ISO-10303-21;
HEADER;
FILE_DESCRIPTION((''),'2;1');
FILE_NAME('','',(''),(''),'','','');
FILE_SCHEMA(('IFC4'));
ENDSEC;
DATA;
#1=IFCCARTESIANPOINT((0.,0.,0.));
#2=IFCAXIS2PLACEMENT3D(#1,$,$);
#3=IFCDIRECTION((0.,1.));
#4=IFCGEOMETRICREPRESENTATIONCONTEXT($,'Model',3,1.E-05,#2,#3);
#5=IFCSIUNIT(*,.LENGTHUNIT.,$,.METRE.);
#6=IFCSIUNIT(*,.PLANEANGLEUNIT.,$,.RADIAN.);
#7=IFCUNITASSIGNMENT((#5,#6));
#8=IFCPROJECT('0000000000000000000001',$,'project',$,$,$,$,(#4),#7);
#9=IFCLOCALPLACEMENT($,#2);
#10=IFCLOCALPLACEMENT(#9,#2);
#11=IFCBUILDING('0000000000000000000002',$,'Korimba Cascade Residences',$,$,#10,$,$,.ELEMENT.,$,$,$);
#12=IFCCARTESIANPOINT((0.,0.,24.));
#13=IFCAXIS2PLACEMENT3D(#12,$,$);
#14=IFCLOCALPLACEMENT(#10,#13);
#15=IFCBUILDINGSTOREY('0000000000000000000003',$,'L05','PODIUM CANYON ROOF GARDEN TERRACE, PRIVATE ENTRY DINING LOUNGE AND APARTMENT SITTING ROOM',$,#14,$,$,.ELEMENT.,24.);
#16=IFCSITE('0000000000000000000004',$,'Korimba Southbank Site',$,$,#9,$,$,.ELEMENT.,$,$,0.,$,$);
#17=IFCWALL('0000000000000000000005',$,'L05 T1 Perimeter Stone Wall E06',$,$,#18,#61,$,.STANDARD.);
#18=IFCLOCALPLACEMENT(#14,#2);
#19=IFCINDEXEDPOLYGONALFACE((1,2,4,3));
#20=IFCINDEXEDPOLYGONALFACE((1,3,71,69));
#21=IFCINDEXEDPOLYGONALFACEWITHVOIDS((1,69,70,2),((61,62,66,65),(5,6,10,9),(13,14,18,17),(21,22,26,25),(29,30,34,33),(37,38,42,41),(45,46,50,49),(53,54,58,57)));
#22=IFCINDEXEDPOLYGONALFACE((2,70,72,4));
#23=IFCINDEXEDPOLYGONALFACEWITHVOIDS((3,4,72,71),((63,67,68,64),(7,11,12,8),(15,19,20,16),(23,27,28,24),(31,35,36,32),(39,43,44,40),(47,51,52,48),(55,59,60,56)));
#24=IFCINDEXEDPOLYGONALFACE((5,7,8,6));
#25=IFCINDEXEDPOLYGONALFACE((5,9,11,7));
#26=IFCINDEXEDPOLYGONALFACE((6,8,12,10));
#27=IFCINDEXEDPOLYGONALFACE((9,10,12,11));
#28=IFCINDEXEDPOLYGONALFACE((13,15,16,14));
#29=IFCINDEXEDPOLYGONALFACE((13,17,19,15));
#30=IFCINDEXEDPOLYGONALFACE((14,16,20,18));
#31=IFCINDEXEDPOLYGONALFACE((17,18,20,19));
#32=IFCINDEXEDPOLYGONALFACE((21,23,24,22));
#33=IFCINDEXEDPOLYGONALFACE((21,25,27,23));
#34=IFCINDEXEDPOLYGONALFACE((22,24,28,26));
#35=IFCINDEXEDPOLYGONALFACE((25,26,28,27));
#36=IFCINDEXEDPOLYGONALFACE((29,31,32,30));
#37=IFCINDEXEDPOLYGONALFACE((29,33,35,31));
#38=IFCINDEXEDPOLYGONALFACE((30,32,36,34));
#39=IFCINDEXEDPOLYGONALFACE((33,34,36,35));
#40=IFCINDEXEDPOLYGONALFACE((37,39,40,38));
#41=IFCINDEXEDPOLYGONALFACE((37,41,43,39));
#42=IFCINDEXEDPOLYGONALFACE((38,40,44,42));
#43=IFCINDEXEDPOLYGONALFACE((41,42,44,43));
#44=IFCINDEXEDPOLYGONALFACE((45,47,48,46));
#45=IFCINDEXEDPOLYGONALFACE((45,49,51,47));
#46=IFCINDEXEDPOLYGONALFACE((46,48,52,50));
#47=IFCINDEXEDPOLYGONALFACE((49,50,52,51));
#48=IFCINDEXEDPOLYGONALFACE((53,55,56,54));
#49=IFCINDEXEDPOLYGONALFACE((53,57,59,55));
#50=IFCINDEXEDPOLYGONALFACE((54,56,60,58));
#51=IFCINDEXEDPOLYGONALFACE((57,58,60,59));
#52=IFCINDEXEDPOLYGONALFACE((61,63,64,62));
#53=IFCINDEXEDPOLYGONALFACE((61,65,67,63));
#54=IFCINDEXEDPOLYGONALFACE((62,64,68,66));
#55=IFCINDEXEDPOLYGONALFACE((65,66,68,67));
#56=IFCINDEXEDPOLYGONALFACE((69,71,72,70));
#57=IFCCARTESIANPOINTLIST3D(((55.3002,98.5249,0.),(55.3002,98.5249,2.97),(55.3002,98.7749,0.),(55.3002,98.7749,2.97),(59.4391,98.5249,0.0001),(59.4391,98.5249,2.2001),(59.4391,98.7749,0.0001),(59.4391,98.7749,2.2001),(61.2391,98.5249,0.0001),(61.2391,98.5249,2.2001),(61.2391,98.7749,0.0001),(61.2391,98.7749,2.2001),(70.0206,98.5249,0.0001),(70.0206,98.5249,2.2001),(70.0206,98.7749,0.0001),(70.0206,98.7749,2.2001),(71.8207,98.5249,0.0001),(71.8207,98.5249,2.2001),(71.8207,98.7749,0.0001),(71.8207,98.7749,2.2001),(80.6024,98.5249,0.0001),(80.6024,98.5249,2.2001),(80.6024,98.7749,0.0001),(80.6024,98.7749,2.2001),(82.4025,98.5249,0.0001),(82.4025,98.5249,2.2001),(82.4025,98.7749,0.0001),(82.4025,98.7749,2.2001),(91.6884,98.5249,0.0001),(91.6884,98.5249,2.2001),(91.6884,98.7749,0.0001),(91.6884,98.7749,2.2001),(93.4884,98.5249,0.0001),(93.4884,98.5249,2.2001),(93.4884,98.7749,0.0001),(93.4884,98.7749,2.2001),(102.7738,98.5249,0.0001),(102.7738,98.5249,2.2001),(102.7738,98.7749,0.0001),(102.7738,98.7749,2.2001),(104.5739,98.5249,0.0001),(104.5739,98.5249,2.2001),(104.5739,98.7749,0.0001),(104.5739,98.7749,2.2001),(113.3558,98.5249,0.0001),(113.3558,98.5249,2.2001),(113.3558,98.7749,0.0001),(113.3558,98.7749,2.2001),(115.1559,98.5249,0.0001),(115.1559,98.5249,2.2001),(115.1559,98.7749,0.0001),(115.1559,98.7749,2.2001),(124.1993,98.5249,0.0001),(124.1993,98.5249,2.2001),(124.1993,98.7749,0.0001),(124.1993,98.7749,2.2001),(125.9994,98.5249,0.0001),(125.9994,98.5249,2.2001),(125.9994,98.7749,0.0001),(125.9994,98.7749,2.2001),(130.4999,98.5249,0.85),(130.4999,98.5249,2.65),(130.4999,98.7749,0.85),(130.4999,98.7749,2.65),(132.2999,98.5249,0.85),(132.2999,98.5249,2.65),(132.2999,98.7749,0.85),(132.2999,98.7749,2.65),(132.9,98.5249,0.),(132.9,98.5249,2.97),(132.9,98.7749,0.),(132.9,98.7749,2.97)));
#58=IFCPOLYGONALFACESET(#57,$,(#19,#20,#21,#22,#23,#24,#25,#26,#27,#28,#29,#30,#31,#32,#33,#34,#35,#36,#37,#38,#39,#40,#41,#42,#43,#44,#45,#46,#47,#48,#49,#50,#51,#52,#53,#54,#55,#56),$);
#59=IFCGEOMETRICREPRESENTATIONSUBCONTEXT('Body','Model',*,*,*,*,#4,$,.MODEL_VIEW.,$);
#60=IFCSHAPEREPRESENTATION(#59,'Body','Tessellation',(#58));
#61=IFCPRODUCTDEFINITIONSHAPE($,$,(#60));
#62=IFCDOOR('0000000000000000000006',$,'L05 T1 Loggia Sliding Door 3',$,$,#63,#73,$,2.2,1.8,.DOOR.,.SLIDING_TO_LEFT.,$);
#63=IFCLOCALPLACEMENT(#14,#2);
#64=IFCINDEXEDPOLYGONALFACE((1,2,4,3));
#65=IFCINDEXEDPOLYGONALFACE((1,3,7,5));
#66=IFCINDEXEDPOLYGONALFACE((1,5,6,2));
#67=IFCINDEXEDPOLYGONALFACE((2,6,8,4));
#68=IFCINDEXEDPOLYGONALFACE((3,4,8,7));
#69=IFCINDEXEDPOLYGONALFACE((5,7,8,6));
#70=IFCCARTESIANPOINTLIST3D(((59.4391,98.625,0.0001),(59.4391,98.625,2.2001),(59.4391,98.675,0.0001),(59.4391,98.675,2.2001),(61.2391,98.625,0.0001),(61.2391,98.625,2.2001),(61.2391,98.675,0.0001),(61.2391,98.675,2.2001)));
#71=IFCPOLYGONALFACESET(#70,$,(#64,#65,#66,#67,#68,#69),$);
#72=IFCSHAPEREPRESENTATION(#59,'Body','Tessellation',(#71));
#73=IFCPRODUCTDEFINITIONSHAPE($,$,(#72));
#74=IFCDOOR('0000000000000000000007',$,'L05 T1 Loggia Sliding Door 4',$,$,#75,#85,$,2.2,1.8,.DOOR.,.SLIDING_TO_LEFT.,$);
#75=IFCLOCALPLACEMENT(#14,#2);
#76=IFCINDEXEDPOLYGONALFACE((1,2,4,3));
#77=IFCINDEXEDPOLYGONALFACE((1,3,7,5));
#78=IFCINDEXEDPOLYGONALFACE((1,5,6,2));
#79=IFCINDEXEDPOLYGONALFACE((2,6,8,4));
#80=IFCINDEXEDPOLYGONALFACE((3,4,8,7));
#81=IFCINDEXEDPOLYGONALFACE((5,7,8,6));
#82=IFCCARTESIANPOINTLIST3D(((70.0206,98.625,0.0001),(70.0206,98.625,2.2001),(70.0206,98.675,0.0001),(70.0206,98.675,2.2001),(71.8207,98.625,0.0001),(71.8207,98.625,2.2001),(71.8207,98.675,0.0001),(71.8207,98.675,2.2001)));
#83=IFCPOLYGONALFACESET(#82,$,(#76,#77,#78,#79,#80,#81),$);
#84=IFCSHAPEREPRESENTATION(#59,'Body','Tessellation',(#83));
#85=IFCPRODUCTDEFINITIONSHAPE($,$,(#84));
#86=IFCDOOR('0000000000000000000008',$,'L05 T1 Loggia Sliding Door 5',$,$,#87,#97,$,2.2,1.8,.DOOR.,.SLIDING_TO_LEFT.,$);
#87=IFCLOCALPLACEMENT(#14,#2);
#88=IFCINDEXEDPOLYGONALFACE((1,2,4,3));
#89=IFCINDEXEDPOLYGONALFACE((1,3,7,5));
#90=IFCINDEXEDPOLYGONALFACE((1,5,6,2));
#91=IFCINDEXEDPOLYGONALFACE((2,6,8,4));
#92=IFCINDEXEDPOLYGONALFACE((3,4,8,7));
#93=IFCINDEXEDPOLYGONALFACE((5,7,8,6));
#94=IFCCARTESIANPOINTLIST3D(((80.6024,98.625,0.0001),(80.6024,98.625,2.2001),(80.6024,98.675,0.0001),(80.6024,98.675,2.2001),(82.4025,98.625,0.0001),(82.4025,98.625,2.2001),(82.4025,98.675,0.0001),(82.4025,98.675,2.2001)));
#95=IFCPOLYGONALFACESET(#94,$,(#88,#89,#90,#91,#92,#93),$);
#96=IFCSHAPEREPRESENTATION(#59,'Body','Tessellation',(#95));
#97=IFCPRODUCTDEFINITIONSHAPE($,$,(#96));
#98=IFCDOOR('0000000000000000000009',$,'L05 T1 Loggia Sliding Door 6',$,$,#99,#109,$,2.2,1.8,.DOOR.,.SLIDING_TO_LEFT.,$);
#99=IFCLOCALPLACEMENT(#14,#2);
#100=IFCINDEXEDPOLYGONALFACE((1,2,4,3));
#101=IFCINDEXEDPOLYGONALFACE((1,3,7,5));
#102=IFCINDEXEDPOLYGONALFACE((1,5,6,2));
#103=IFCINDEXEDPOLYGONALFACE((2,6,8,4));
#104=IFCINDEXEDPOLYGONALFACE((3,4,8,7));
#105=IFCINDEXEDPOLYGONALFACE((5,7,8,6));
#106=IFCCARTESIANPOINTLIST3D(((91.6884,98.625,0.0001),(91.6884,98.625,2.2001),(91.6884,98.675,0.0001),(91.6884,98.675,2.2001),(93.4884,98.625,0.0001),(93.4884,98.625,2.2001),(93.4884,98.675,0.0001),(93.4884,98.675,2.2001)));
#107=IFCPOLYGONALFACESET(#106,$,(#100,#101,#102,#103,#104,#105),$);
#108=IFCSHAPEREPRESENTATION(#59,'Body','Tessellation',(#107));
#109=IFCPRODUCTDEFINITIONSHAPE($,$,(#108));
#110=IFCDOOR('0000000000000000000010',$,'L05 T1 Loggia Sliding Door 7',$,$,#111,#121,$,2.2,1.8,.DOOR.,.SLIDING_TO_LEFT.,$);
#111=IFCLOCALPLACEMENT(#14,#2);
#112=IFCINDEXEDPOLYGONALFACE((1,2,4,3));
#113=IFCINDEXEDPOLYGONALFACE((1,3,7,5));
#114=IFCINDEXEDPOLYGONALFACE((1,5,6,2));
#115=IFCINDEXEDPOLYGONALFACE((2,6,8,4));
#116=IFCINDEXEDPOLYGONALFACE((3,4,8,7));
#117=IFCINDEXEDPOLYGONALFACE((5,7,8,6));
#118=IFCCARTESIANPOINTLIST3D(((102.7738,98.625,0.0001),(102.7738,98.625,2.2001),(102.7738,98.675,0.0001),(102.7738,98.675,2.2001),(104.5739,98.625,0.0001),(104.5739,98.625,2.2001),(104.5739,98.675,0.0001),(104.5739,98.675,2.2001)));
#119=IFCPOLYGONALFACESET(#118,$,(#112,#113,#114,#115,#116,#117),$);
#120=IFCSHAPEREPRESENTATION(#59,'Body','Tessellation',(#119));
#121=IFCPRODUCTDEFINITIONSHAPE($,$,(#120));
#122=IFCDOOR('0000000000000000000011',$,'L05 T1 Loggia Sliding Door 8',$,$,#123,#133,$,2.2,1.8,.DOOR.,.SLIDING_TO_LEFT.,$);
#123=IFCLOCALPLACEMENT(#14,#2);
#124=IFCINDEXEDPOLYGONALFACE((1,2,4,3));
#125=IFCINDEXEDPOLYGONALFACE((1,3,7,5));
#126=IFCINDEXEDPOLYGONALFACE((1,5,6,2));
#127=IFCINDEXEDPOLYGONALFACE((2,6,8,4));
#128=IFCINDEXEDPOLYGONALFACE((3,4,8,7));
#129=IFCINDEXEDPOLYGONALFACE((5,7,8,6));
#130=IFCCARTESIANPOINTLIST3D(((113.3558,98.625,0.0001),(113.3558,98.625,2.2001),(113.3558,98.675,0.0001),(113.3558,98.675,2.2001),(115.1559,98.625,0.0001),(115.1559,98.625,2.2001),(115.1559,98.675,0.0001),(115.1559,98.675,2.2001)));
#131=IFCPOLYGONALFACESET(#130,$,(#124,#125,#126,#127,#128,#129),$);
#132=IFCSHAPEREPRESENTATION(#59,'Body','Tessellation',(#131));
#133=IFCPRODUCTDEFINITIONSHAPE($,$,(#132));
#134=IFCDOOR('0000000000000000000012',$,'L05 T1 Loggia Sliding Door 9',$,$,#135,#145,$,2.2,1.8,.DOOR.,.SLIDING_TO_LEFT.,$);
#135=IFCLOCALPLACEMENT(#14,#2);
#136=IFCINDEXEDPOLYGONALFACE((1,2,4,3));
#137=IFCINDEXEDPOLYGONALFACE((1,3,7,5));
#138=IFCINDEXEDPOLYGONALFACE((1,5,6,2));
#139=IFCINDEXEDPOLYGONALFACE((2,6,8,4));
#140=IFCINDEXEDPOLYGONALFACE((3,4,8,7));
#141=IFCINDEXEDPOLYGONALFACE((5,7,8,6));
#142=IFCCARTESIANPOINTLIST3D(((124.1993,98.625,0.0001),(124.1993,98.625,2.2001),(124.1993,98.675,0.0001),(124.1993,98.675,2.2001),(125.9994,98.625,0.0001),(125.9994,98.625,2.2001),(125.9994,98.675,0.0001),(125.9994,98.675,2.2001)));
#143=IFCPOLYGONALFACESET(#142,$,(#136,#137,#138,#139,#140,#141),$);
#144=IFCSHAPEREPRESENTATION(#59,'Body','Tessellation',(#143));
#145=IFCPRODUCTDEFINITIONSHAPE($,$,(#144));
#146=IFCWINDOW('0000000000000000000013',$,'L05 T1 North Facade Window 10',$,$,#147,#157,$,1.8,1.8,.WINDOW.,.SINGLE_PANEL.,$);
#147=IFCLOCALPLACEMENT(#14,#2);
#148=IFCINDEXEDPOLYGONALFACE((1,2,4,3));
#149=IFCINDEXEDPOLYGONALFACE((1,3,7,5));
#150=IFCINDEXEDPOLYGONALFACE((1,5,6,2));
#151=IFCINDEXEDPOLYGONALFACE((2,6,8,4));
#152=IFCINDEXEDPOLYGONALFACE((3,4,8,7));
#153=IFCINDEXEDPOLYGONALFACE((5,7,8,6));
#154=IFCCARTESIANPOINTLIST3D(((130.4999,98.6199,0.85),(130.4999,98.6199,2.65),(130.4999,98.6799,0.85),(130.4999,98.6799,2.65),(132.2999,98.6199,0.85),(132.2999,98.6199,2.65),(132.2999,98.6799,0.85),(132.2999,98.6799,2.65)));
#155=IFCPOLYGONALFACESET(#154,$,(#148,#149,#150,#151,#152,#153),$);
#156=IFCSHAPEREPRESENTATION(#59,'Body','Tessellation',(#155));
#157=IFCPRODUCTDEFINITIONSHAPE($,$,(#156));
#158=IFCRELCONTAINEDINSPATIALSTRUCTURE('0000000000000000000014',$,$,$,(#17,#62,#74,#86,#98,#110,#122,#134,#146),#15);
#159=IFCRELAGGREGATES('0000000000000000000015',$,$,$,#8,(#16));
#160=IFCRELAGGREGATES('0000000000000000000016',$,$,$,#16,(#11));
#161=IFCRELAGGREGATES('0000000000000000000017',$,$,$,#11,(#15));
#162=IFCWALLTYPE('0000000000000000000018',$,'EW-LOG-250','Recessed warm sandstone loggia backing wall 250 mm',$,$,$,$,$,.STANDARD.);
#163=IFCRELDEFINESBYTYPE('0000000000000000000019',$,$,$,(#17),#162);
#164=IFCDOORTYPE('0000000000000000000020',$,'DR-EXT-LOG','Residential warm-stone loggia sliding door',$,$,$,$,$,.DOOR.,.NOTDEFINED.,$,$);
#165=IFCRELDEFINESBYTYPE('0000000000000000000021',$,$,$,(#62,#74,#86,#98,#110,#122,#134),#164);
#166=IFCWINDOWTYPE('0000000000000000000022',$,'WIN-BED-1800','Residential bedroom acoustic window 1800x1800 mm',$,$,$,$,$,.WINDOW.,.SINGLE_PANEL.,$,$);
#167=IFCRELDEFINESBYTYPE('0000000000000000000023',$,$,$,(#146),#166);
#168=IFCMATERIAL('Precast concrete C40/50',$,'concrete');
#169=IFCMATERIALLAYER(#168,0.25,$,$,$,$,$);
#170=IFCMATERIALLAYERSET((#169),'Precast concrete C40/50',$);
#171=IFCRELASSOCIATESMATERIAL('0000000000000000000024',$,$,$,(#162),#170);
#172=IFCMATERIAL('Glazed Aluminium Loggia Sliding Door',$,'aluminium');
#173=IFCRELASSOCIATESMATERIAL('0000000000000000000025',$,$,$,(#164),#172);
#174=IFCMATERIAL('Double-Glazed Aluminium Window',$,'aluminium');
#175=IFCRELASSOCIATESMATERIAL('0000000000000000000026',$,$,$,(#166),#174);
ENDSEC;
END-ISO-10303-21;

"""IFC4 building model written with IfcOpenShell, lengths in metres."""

from ifc_helpers import new_model, si_unit, direction, frame, frame_2d, origin, place, context, subcontext, project, spatial, rectangle, extrude, material, layer, layer_set, type_object, element, fill, save


model = new_model("IFC4")

# Units and contexts
model_context = context("Model", 3, precision=1e-05, world=origin(), true_north=direction((0.0, 1.0)))
body_context = subcontext(model_context, "Body", "Model", "MODEL_VIEW")
ifc_project = project(units=[si_unit("LENGTHUNIT", "METRE"), si_unit("PLANEANGLEUNIT", "RADIAN")], contexts=[model_context])

# Site, building, storey
site_placement = place(None, origin())
site = spatial("IfcSite", under=ifc_project, at=site_placement, Name="Korimba Southbank Site", CompositionType="ELEMENT", RefElevation=0.0)
building_placement = place(site_placement, origin())
building = spatial("IfcBuilding", under=site, at=building_placement, Name="Korimba Cascade Residences", CompositionType="ELEMENT")
storey_placement = place(building_placement, frame((0.0, 0.0, 24.0)))
storey = spatial("IfcBuildingStorey", under=building, at=storey_placement, Name="L05", Description="PODIUM CANYON ROOF GARDEN TERRACE, PRIVATE ENTRY DINING LOUNGE AND APARTMENT SITTING ROOM", CompositionType="ELEMENT", Elevation=24.0)

# Wall, openings, doors, window
ifc_material_1 = material(Name="Precast concrete C40/50", Category="concrete")
ifc_layer_1 = layer(ifc_material_1, 0.25)
ifc_layer_set_1 = layer_set([ifc_layer_1], Name="Precast concrete C40/50")
wall_type_1 = type_object("IfcWallType", Name="EW-LOG-250", Description="Recessed warm sandstone loggia backing wall 250 mm", PredefinedType="STANDARD", material=ifc_layer_set_1)
wall_1_placement = place(storey_placement, frame((132.8999, 98.6499, 0.0), z_axis=(0.0, 0.0, 1.0), x_axis=(-1.0, 0.0, 0.0)))
wall_1 = element("IfcWall", 1, at=wall_1_placement, inside=storey, type_object=wall_type_1, Name="L05 T1 Perimeter Stone Wall E06", PredefinedType="STANDARD", context=body_context, shape_type="SweptSolid", body=[
    extrude(rectangle(XDim=77.5999, YDim=0.25, at=frame_2d((38.7998, 0.0))), origin(), (0.0, 0.0, 1.0), 2.97),
])
opening_1_placement = place(wall_1_placement, frame((71.6609, 0.0, 0.0)))
opening_1 = element("IfcOpeningElement", 2, at=opening_1_placement, cuts=wall_1, PredefinedType="OPENING", context=body_context, shape_type="SweptSolid", body=[
    extrude(rectangle(XDim=1.8, YDim=2.2, at=frame_2d((0.8999, 1.1001))), frame((0.0, 0.135, 0.0), z_axis=(0.0, -1.0, 0.0), x_axis=(1.0, 0.0, 0.0)), (0.0, 0.0, 1.0), 0.27),
])
opening_2_placement = place(wall_1_placement, frame((61.0793, 0.0, 0.0)))
opening_2 = element("IfcOpeningElement", 3, at=opening_2_placement, cuts=wall_1, PredefinedType="OPENING", context=body_context, shape_type="SweptSolid", body=[
    extrude(rectangle(XDim=1.8, YDim=2.2, at=frame_2d((0.8999, 1.1001))), frame((0.0, 0.135, 0.0), z_axis=(0.0, -1.0, 0.0), x_axis=(1.0, 0.0, 0.0)), (0.0, 0.0, 1.0), 0.27),
])
opening_3_placement = place(wall_1_placement, frame((50.4976, 0.0, 0.0)))
opening_3 = element("IfcOpeningElement", 4, at=opening_3_placement, cuts=wall_1, PredefinedType="OPENING", context=body_context, shape_type="SweptSolid", body=[
    extrude(rectangle(XDim=1.8, YDim=2.2, at=frame_2d((0.8999, 1.1001))), frame((0.0, 0.135, 0.0), z_axis=(0.0, -1.0, 0.0), x_axis=(1.0, 0.0, 0.0)), (0.0, 0.0, 1.0), 0.27),
])
opening_4_placement = place(wall_1_placement, frame((39.4116, 0.0, 0.0)))
opening_4 = element("IfcOpeningElement", 5, at=opening_4_placement, cuts=wall_1, PredefinedType="OPENING", context=body_context, shape_type="SweptSolid", body=[
    extrude(rectangle(XDim=1.8, YDim=2.2, at=frame_2d((0.8999, 1.1001))), frame((0.0, 0.135, 0.0), z_axis=(0.0, -1.0, 0.0), x_axis=(1.0, 0.0, 0.0)), (0.0, 0.0, 1.0), 0.27),
])
opening_5_placement = place(wall_1_placement, frame((28.3262, 0.0, 0.0)))
opening_5 = element("IfcOpeningElement", 6, at=opening_5_placement, cuts=wall_1, PredefinedType="OPENING", context=body_context, shape_type="SweptSolid", body=[
    extrude(rectangle(XDim=1.8, YDim=2.2, at=frame_2d((0.8999, 1.1001))), frame((0.0, 0.135, 0.0), z_axis=(0.0, -1.0, 0.0), x_axis=(1.0, 0.0, 0.0)), (0.0, 0.0, 1.0), 0.27),
])
opening_6_placement = place(wall_1_placement, frame((17.7441, 0.0, 0.0)))
opening_6 = element("IfcOpeningElement", 7, at=opening_6_placement, cuts=wall_1, PredefinedType="OPENING", context=body_context, shape_type="SweptSolid", body=[
    extrude(rectangle(XDim=1.8, YDim=2.2, at=frame_2d((0.8999, 1.1001))), frame((0.0, 0.135, 0.0), z_axis=(0.0, -1.0, 0.0), x_axis=(1.0, 0.0, 0.0)), (0.0, 0.0, 1.0), 0.27),
])
opening_7_placement = place(wall_1_placement, frame((6.9006, 0.0, 0.0)))
opening_7 = element("IfcOpeningElement", 8, at=opening_7_placement, cuts=wall_1, PredefinedType="OPENING", context=body_context, shape_type="SweptSolid", body=[
    extrude(rectangle(XDim=1.8, YDim=2.2, at=frame_2d((0.8999, 1.1001))), frame((0.0, 0.135, 0.0), z_axis=(0.0, -1.0, 0.0), x_axis=(1.0, 0.0, 0.0)), (0.0, 0.0, 1.0), 0.27),
])
opening_8_placement = place(wall_1_placement, frame((0.6001, 0.0, 0.8501)))
opening_8 = element("IfcOpeningElement", 9, at=opening_8_placement, cuts=wall_1, PredefinedType="OPENING", context=body_context, shape_type="SweptSolid", body=[
    extrude(rectangle(XDim=1.8, YDim=1.8, at=frame_2d((0.8999, 0.8999))), frame((0.0, 0.135, 0.0), z_axis=(0.0, -1.0, 0.0), x_axis=(1.0, 0.0, 0.0)), (0.0, 0.0, 1.0), 0.27),
])
ifc_material_2 = material(Name="Glazed Aluminium Loggia Sliding Door", Category="aluminium")
door_type_1 = type_object("IfcDoorType", Name="DR-EXT-LOG", Description="Residential warm-stone loggia sliding door", OperationType="NOTDEFINED", PredefinedType="DOOR", material=ifc_material_2)
door_1_placement = place(opening_1_placement, origin())
door_1 = element("IfcDoor", 10, at=door_1_placement, inside=storey, type_object=door_type_1, Name="L05 T1 Loggia Sliding Door 3", OperationType="SLIDING_TO_LEFT", OverallHeight=2.2, OverallWidth=1.8, PredefinedType="DOOR", context=body_context, shape_type="SweptSolid", body=[
    extrude(rectangle(XDim=1.8, YDim=2.2, at=frame_2d((0.8999, 1.1001))), frame((0.0, 0.0249, 0.0), z_axis=(0.0, -1.0, 0.0), x_axis=(1.0, 0.0, 0.0)), (0.0, 0.0, 1.0), 0.05),
])
fill(opening_1, door_1)
door_2_placement = place(opening_2_placement, origin())
door_2 = element("IfcDoor", 11, at=door_2_placement, inside=storey, type_object=door_type_1, Name="L05 T1 Loggia Sliding Door 4", OperationType="SLIDING_TO_LEFT", OverallHeight=2.2, OverallWidth=1.8, PredefinedType="DOOR", context=body_context, shape_type="SweptSolid", body=[
    extrude(rectangle(XDim=1.8, YDim=2.2, at=frame_2d((0.8999, 1.1001))), frame((0.0, 0.0249, 0.0), z_axis=(0.0, -1.0, 0.0), x_axis=(1.0, 0.0, 0.0)), (0.0, 0.0, 1.0), 0.05),
])
fill(opening_2, door_2)
door_3_placement = place(opening_3_placement, origin())
door_3 = element("IfcDoor", 12, at=door_3_placement, inside=storey, type_object=door_type_1, Name="L05 T1 Loggia Sliding Door 5", OperationType="SLIDING_TO_LEFT", OverallHeight=2.2, OverallWidth=1.8, PredefinedType="DOOR", context=body_context, shape_type="SweptSolid", body=[
    extrude(rectangle(XDim=1.8, YDim=2.2, at=frame_2d((0.8999, 1.1001))), frame((0.0, 0.0249, 0.0), z_axis=(0.0, -1.0, 0.0), x_axis=(1.0, 0.0, 0.0)), (0.0, 0.0, 1.0), 0.05),
])
fill(opening_3, door_3)
door_4_placement = place(opening_4_placement, origin())
door_4 = element("IfcDoor", 13, at=door_4_placement, inside=storey, type_object=door_type_1, Name="L05 T1 Loggia Sliding Door 6", OperationType="SLIDING_TO_LEFT", OverallHeight=2.2, OverallWidth=1.8, PredefinedType="DOOR", context=body_context, shape_type="SweptSolid", body=[
    extrude(rectangle(XDim=1.8, YDim=2.2, at=frame_2d((0.8999, 1.1001))), frame((0.0, 0.0249, 0.0), z_axis=(0.0, -1.0, 0.0), x_axis=(1.0, 0.0, 0.0)), (0.0, 0.0, 1.0), 0.05),
])
fill(opening_4, door_4)
door_5_placement = place(opening_5_placement, origin())
door_5 = element("IfcDoor", 14, at=door_5_placement, inside=storey, type_object=door_type_1, Name="L05 T1 Loggia Sliding Door 7", OperationType="SLIDING_TO_LEFT", OverallHeight=2.2, OverallWidth=1.8, PredefinedType="DOOR", context=body_context, shape_type="SweptSolid", body=[
    extrude(rectangle(XDim=1.8, YDim=2.2, at=frame_2d((0.8999, 1.1001))), frame((0.0, 0.0249, 0.0), z_axis=(0.0, -1.0, 0.0), x_axis=(1.0, 0.0, 0.0)), (0.0, 0.0, 1.0), 0.05),
])
fill(opening_5, door_5)
door_6_placement = place(opening_6_placement, origin())
door_6 = element("IfcDoor", 15, at=door_6_placement, inside=storey, type_object=door_type_1, Name="L05 T1 Loggia Sliding Door 8", OperationType="SLIDING_TO_LEFT", OverallHeight=2.2, OverallWidth=1.8, PredefinedType="DOOR", context=body_context, shape_type="SweptSolid", body=[
    extrude(rectangle(XDim=1.8, YDim=2.2, at=frame_2d((0.8999, 1.1001))), frame((0.0, 0.0249, 0.0), z_axis=(0.0, -1.0, 0.0), x_axis=(1.0, 0.0, 0.0)), (0.0, 0.0, 1.0), 0.05),
])
fill(opening_6, door_6)
door_7_placement = place(opening_7_placement, origin())
door_7 = element("IfcDoor", 16, at=door_7_placement, inside=storey, type_object=door_type_1, Name="L05 T1 Loggia Sliding Door 9", OperationType="SLIDING_TO_LEFT", OverallHeight=2.2, OverallWidth=1.8, PredefinedType="DOOR", context=body_context, shape_type="SweptSolid", body=[
    extrude(rectangle(XDim=1.8, YDim=2.2, at=frame_2d((0.8999, 1.1001))), frame((0.0, 0.0249, 0.0), z_axis=(0.0, -1.0, 0.0), x_axis=(1.0, 0.0, 0.0)), (0.0, 0.0, 1.0), 0.05),
])
fill(opening_7, door_7)
ifc_material_3 = material(Name="Double-Glazed Aluminium Window", Category="aluminium")
window_type = type_object("IfcWindowType", Name="WIN-BED-1800", Description="Residential bedroom acoustic window 1800x1800 mm", PartitioningType="SINGLE_PANEL", PredefinedType="WINDOW", material=ifc_material_3)
window_placement = place(opening_8_placement, origin())
window = element("IfcWindow", 17, at=window_placement, inside=storey, type_object=window_type, Name="L05 T1 North Facade Window 10", OverallHeight=1.8, OverallWidth=1.8, PartitioningType="SINGLE_PANEL", PredefinedType="WINDOW", context=body_context, shape_type="SweptSolid", body=[
    extrude(rectangle(XDim=1.8, YDim=1.8, at=frame_2d((0.8999, 0.8999))), frame((0.0, 0.03, 0.0), z_axis=(0.0, -1.0, 0.0), x_axis=(1.0, 0.0, 0.0)), (0.0, 0.0, 1.0), 0.0601),
])
fill(opening_8, window)

save(model, "model.ifc")
